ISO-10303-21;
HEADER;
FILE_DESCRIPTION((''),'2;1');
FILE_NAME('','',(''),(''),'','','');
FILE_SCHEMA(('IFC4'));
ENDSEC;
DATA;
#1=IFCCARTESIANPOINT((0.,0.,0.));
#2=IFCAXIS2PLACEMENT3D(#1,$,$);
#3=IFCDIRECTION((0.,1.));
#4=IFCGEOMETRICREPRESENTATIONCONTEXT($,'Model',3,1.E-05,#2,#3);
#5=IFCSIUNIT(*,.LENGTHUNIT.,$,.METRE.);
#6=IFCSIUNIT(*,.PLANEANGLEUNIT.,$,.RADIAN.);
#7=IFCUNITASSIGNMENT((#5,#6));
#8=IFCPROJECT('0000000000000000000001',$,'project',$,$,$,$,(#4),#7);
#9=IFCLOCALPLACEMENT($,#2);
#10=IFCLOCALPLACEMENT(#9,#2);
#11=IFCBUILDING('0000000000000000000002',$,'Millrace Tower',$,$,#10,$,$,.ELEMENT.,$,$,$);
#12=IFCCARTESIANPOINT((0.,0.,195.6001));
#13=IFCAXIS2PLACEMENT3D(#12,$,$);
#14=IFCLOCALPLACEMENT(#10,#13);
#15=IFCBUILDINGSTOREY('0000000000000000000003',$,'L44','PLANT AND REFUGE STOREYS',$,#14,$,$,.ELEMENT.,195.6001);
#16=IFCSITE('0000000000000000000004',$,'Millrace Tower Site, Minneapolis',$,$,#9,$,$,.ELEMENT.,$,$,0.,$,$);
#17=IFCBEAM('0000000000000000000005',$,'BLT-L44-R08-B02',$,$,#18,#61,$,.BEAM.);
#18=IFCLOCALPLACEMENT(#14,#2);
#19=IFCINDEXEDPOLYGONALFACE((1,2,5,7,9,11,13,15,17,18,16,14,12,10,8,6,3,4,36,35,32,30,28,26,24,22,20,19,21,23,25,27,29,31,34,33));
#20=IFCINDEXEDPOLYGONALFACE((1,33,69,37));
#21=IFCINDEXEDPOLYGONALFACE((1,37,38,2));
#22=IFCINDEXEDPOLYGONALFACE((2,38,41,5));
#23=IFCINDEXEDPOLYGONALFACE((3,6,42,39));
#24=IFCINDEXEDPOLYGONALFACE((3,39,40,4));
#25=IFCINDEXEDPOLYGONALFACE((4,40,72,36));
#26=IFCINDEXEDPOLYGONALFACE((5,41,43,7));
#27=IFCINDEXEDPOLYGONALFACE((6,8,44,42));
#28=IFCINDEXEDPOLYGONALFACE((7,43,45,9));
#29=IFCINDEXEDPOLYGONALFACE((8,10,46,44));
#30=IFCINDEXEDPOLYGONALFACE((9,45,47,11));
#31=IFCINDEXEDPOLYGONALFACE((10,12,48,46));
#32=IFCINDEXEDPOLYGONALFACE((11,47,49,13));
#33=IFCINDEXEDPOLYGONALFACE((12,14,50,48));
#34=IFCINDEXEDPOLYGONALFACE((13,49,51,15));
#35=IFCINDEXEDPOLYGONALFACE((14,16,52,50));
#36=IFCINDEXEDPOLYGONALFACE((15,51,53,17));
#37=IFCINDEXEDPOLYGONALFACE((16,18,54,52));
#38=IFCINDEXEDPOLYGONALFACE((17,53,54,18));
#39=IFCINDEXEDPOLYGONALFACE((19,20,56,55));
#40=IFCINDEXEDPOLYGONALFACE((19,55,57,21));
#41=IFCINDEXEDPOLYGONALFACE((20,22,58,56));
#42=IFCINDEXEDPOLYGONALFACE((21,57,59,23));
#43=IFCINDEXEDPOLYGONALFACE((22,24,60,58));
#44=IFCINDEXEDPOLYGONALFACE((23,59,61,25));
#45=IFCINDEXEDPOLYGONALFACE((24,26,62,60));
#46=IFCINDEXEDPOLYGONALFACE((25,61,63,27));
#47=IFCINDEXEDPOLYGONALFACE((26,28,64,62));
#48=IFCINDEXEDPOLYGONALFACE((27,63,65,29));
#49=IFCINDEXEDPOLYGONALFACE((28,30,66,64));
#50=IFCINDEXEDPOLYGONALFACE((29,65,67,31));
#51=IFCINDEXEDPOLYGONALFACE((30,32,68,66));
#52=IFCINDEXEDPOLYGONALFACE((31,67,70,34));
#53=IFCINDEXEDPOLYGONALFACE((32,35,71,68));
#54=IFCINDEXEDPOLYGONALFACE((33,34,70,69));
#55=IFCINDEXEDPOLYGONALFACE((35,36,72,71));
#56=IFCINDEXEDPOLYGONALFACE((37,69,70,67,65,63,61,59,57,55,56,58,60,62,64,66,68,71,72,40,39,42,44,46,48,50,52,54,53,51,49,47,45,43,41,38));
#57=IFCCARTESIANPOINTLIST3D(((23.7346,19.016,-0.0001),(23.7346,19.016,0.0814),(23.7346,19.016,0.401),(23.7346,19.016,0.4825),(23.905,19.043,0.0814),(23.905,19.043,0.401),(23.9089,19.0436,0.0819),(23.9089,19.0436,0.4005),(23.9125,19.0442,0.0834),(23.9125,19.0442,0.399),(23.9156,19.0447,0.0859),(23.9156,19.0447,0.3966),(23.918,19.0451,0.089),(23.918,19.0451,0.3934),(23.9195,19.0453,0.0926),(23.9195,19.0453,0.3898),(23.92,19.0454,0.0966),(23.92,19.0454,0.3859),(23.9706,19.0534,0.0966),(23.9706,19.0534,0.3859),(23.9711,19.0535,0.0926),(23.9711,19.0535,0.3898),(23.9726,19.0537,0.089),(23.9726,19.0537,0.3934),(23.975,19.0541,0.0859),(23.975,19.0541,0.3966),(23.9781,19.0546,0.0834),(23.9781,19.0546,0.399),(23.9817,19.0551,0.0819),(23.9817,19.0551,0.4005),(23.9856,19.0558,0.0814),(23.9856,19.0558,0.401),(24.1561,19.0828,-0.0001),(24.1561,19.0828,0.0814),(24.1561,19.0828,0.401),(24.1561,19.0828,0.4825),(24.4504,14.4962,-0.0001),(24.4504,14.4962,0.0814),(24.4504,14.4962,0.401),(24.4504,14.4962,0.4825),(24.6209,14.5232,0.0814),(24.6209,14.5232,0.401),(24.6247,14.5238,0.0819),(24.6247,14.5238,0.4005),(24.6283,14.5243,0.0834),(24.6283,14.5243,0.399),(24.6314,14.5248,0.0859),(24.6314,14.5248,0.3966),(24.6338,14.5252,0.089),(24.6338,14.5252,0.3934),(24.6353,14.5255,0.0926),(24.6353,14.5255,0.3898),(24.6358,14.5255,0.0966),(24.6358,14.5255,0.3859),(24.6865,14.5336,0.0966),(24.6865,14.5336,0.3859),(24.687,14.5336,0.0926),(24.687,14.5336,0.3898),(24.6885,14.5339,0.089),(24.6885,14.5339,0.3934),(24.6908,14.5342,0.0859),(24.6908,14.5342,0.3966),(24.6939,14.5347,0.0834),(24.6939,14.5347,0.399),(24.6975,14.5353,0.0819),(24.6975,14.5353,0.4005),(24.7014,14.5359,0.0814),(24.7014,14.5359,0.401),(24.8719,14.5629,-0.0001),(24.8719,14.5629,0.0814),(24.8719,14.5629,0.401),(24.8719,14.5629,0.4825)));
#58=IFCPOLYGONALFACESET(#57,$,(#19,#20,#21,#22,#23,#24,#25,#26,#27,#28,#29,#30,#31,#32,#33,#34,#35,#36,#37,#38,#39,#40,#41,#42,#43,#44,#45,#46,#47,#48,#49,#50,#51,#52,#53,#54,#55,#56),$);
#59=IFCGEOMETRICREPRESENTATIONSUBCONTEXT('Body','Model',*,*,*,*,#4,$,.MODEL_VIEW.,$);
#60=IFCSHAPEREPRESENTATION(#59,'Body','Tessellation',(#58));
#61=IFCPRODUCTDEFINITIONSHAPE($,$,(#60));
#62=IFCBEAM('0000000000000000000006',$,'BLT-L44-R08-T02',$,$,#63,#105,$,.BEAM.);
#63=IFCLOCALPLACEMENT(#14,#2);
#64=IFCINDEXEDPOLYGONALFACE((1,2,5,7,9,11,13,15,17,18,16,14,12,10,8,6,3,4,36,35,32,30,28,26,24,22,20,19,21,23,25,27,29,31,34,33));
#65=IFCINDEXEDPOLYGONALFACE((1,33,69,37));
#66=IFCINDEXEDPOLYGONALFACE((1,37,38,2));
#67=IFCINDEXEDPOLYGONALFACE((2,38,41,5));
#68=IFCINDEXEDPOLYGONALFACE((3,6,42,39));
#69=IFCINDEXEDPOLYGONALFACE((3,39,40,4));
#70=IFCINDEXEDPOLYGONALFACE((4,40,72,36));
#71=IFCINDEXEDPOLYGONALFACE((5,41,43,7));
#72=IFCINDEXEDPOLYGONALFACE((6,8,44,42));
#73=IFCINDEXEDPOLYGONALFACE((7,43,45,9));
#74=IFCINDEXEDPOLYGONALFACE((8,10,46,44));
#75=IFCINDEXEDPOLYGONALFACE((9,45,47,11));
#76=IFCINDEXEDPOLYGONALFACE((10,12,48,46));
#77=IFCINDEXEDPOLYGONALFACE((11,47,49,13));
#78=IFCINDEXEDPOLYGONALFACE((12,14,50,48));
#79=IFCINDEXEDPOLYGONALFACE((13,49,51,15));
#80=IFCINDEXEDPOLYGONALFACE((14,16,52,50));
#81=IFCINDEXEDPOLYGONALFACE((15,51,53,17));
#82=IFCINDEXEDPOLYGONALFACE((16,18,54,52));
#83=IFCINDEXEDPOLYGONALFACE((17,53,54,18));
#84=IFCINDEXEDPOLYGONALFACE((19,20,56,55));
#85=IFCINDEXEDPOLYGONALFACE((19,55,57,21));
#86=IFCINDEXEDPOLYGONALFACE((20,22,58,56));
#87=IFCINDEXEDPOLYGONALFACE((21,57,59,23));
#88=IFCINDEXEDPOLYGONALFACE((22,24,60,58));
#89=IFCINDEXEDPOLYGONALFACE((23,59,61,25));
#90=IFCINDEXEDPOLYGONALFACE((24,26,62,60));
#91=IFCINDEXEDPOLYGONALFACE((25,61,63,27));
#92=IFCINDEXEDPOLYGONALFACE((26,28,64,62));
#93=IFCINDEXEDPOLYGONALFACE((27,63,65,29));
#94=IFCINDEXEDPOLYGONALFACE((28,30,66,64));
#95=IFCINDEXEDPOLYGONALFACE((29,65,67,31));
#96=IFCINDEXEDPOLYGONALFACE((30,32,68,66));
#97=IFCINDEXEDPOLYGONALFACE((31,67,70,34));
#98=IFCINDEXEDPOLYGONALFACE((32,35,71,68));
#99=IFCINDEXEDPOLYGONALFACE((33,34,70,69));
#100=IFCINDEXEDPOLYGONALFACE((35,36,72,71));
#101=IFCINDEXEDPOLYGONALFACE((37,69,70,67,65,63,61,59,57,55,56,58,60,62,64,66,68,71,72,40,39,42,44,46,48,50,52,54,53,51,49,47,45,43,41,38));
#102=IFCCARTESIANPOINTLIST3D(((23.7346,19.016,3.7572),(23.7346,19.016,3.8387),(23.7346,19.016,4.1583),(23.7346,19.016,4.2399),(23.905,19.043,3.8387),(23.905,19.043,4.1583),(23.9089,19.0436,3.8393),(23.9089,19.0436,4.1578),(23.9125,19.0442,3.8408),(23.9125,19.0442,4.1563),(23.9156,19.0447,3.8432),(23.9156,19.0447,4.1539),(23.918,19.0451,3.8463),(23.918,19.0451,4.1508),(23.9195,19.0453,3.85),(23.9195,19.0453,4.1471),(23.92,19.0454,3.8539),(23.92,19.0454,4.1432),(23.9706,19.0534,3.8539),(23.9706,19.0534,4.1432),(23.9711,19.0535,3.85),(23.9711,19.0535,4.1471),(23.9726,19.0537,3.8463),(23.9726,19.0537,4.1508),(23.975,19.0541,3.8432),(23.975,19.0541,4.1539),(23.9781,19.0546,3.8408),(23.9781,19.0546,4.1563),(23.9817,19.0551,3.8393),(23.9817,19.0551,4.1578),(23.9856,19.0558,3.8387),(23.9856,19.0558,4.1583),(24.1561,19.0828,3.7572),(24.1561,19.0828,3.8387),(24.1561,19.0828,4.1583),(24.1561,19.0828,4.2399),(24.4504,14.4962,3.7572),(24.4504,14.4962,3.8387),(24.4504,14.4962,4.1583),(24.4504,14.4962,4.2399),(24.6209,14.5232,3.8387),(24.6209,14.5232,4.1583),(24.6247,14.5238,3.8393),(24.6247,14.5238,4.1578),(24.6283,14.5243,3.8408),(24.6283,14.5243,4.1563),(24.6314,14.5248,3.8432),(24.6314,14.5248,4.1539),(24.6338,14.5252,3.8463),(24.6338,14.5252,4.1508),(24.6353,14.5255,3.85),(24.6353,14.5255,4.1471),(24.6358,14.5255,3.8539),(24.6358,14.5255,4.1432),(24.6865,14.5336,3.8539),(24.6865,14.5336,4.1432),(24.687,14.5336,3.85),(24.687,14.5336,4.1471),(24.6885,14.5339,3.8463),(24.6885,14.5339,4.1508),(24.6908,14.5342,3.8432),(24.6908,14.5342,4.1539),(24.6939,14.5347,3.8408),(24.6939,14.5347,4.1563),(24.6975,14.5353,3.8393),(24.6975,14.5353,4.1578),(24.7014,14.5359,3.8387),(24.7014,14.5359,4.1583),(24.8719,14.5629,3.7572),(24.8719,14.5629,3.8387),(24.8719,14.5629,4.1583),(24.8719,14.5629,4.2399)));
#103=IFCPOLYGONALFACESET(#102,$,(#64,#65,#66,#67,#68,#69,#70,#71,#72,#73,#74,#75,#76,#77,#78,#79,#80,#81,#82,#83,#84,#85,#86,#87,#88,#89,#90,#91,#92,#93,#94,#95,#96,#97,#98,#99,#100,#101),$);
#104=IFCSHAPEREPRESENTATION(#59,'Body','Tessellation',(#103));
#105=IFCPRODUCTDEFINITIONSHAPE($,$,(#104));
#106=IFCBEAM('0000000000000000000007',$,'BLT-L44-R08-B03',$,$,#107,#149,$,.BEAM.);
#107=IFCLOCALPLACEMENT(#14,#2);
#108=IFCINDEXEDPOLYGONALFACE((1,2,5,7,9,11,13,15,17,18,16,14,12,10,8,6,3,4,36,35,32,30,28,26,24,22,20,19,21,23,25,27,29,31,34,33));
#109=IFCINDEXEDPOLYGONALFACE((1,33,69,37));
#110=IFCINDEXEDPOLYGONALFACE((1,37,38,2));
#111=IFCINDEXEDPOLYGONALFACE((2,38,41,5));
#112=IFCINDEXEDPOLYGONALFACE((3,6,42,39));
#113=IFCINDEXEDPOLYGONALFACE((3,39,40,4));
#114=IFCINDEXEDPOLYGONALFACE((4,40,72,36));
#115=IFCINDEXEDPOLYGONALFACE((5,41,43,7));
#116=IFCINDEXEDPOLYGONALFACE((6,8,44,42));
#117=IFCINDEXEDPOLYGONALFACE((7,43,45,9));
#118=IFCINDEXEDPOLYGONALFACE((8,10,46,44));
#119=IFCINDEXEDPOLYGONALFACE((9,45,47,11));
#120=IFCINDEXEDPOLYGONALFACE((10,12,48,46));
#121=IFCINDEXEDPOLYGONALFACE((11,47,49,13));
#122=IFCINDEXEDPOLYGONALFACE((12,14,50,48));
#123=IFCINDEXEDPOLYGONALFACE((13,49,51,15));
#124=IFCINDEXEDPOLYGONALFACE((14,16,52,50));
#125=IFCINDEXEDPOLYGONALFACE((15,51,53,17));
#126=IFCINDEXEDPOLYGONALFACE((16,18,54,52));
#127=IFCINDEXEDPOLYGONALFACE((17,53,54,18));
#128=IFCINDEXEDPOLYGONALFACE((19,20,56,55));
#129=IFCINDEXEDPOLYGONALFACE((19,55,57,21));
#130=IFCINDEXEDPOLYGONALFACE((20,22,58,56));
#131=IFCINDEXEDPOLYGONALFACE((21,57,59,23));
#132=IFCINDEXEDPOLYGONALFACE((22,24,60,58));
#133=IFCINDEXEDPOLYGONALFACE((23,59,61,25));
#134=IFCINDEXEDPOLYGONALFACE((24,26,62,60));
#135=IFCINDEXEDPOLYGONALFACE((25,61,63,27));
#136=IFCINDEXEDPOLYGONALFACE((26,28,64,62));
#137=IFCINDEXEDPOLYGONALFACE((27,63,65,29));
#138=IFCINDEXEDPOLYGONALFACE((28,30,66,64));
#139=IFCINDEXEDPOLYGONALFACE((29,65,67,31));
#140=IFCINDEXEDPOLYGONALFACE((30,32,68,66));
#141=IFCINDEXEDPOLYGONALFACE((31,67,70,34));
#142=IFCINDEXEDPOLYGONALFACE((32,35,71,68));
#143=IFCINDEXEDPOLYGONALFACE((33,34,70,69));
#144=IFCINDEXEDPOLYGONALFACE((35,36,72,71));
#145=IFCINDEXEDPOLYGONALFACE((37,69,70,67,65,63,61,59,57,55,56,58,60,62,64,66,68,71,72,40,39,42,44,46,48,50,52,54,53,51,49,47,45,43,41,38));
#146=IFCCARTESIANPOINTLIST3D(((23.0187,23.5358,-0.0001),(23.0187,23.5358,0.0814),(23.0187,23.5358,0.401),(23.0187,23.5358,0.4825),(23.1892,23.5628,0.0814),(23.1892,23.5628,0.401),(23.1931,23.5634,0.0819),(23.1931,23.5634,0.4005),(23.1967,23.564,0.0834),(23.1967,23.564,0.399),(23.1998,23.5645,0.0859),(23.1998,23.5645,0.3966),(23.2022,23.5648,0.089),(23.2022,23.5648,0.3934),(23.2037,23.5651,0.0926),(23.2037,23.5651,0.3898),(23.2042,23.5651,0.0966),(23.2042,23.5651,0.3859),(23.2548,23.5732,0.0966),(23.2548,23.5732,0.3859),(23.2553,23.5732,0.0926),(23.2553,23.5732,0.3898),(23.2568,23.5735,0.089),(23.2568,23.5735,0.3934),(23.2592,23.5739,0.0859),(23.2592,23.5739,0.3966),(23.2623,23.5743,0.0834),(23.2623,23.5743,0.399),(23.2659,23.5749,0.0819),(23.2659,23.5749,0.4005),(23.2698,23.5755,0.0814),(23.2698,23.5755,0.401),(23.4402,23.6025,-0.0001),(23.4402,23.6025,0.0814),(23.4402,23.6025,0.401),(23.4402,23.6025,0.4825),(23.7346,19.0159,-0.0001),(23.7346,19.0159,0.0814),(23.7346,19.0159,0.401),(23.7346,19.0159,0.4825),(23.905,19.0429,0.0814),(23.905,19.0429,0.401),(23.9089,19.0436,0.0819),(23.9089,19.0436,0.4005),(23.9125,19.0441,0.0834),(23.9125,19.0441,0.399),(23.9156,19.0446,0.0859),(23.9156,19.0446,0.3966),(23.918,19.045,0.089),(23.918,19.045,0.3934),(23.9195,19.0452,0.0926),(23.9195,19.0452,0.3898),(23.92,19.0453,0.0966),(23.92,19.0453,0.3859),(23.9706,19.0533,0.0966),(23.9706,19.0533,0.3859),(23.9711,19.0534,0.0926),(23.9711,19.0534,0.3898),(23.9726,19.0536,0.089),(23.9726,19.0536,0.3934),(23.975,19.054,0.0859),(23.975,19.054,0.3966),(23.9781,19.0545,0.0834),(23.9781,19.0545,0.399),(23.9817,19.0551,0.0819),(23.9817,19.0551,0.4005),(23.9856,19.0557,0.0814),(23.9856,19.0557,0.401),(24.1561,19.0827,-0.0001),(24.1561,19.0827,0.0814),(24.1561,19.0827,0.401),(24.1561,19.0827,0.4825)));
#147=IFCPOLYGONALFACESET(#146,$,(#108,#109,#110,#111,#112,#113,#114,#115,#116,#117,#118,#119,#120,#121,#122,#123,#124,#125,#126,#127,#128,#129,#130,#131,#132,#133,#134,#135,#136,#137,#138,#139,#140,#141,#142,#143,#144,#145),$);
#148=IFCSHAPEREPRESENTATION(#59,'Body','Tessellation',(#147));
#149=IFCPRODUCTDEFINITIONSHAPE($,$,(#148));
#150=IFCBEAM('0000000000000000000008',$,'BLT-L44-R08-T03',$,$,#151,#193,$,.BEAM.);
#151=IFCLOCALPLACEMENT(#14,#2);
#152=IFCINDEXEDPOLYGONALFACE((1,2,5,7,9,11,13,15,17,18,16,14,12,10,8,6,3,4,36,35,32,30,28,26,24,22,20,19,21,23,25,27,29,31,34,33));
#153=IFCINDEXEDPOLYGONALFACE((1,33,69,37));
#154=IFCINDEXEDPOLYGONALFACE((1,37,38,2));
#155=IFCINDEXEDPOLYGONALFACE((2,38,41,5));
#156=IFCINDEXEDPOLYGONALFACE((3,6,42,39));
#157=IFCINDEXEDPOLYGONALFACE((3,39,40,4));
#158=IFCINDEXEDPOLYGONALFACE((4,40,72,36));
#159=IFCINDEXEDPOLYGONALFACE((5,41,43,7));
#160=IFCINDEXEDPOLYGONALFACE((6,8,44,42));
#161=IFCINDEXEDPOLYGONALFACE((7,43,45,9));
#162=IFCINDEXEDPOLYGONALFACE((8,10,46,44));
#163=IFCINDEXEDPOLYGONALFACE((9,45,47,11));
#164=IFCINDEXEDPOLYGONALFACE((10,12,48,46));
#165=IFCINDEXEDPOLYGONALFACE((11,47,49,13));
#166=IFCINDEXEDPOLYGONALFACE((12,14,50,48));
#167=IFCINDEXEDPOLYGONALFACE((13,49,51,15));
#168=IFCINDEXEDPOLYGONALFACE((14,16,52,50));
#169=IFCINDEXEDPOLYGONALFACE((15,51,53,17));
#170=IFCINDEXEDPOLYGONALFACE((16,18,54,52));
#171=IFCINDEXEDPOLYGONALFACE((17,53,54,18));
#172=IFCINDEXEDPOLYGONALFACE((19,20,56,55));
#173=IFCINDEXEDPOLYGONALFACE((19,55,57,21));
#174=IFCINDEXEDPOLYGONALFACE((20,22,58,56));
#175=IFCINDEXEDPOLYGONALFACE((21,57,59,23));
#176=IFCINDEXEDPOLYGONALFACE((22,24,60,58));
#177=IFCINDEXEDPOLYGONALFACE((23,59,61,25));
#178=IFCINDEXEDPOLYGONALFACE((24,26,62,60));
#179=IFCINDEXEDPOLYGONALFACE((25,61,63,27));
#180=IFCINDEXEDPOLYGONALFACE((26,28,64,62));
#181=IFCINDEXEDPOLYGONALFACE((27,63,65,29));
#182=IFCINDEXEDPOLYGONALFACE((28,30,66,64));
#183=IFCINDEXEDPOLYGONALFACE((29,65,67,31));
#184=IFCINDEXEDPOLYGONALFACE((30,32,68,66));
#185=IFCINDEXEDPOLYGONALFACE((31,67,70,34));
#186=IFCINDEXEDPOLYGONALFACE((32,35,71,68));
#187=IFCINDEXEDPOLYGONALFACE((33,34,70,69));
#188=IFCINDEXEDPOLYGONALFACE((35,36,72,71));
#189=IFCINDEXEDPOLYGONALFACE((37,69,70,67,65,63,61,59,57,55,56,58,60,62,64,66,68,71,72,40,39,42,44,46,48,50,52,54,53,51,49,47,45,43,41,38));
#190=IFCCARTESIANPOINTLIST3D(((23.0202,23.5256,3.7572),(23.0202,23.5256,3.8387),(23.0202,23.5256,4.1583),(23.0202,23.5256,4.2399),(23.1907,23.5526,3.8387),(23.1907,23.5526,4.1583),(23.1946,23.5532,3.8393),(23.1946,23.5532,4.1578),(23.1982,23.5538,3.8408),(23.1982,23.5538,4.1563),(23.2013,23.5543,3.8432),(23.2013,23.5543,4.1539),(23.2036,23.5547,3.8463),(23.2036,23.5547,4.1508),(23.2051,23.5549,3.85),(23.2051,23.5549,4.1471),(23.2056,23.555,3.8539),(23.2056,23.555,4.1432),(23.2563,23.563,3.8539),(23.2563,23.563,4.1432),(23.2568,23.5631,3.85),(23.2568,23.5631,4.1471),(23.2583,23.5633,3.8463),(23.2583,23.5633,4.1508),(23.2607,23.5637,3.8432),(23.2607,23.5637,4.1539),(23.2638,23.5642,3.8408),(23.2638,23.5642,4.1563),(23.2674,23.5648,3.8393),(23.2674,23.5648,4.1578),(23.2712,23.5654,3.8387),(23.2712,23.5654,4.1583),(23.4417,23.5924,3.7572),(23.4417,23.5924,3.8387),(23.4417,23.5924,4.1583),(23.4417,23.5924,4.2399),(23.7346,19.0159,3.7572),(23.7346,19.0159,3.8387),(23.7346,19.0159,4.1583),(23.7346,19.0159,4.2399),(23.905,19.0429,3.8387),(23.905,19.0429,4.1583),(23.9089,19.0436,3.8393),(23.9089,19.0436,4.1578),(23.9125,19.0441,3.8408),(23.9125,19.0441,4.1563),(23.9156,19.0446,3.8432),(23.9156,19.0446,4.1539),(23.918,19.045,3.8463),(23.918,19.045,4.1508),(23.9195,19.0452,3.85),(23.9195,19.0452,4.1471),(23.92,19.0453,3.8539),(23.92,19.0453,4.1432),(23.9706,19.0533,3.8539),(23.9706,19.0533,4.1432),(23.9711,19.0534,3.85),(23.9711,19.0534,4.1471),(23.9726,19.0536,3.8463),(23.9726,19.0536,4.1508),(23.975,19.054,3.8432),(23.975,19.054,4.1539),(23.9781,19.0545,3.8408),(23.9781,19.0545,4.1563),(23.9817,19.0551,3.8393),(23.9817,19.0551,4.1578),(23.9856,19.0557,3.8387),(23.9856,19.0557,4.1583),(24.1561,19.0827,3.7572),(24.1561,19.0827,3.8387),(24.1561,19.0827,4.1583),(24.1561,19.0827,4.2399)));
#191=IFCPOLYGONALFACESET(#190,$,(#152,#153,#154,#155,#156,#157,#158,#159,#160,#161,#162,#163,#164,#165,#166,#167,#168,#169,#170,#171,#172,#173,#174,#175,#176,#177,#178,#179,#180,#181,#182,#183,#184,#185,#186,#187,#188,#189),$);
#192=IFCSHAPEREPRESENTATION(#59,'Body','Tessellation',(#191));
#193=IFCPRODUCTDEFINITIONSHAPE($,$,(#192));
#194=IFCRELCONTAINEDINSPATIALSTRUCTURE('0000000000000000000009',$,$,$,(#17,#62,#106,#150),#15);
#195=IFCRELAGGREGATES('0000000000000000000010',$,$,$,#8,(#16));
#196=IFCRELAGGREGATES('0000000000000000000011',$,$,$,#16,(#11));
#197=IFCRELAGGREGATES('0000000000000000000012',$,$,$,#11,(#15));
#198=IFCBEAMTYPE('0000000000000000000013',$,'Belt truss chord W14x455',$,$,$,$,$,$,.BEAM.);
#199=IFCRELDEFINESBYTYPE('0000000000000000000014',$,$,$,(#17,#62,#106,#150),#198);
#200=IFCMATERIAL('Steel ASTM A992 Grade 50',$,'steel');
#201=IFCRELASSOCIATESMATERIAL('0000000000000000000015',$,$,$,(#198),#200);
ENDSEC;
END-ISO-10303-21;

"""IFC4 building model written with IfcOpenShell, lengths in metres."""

from ifc_helpers import new_model, si_unit, direction, frame, origin, origin_2d, place, context, subcontext, project, spatial, i_section, extrude, material, material_profile, profile_set, type_object, element, save


model = new_model("IFC4")

# Units and contexts
model_context = context("Model", 3, precision=1e-05, world=origin(), true_north=direction((0.0, 1.0)))
body_context = subcontext(model_context, "Body", "Model", "MODEL_VIEW")
ifc_project = project(units=[si_unit("LENGTHUNIT", "METRE"), si_unit("PLANEANGLEUNIT", "RADIAN")], contexts=[model_context])

# Site, building, storey
site_placement = place(None, origin())
site = spatial("IfcSite", under=ifc_project, at=site_placement, Name="Millrace Tower Site, Minneapolis", CompositionType="ELEMENT", RefElevation=0.0)
building_placement = place(site_placement, origin())
building = spatial("IfcBuilding", under=site, at=building_placement, Name="Millrace Tower", CompositionType="ELEMENT")
storey_placement = place(building_placement, frame((0.0, 0.0, 195.6001)))
storey = spatial("IfcBuildingStorey", under=building, at=storey_placement, Name="L44", Description="PLANT AND REFUGE STOREYS", CompositionType="ELEMENT", Elevation=195.6001)

# Beams
ifc_material_1 = material(Name="Steel ASTM A992 Grade 50", Category="steel")
ifc_material_profile_1 = material_profile(ifc_material_1, i_section(OverallWidth=0.4268, OverallDepth=0.4827, WebThickness=0.0513, FlangeThickness=0.0815, FilletRadius=0.0151, at=origin_2d()))
ifc_profile_set_1 = profile_set([ifc_material_profile_1], Name="Steel ASTM A992 Grade 50")
beam_type_1 = type_object("IfcBeamType", Name="Belt truss chord W14x455", PredefinedType="BEAM", material=ifc_profile_set_1)
for number, where, z_axis, x_axis, name in (
    (1, (24.6611, 14.5295, 0.2412), (-0.156426, 0.98769, 0.0), (-0.98769, -0.156426, 0.0), "BLT-L44-R08-B02"),
    (2, (24.6611, 14.5295, 3.9985), (-0.156426, 0.98769, 0.0), (-0.98769, -0.156426, 0.0), "BLT-L44-R08-T02"),
    (3, (23.9453, 19.0493, 0.2412), (-0.156426, 0.98769, 0.0), (-0.98769, -0.156426, 0.0), "BLT-L44-R08-B03"),
):
    element("IfcBeam", number, at=place(storey_placement, frame(where, z_axis=z_axis, x_axis=x_axis)), inside=storey, type_object=beam_type_1, Name=name, PredefinedType="BEAM", context=body_context, shape_type="SweptSolid", body=[
        extrude(i_section(OverallWidth=0.4268, OverallDepth=0.4827, WebThickness=0.0513, FlangeThickness=0.0815, FilletRadius=0.0151, at=origin_2d()), origin(), (0.0, 0.0, 1.0), 4.5762),
    ])
beam_1_placement = place(storey_placement, frame((23.9453, 19.0493, 3.9985), z_axis=(-0.156451, 0.987686, 0.0), x_axis=(-0.987686, -0.156451, 0.0)))
element("IfcBeam", 4, at=beam_1_placement, inside=storey, type_object=beam_type_1, Name="BLT-L44-R08-T03", PredefinedType="BEAM", context=body_context, shape_type="SweptSolid", body=[
    extrude(i_section(OverallWidth=0.4268, OverallDepth=0.4827, WebThickness=0.0513, FlangeThickness=0.0815, FilletRadius=0.0151, at=origin_2d()), origin(), (0.0, 0.0, 1.0), 4.5659),
])

save(model, "model.ifc")
